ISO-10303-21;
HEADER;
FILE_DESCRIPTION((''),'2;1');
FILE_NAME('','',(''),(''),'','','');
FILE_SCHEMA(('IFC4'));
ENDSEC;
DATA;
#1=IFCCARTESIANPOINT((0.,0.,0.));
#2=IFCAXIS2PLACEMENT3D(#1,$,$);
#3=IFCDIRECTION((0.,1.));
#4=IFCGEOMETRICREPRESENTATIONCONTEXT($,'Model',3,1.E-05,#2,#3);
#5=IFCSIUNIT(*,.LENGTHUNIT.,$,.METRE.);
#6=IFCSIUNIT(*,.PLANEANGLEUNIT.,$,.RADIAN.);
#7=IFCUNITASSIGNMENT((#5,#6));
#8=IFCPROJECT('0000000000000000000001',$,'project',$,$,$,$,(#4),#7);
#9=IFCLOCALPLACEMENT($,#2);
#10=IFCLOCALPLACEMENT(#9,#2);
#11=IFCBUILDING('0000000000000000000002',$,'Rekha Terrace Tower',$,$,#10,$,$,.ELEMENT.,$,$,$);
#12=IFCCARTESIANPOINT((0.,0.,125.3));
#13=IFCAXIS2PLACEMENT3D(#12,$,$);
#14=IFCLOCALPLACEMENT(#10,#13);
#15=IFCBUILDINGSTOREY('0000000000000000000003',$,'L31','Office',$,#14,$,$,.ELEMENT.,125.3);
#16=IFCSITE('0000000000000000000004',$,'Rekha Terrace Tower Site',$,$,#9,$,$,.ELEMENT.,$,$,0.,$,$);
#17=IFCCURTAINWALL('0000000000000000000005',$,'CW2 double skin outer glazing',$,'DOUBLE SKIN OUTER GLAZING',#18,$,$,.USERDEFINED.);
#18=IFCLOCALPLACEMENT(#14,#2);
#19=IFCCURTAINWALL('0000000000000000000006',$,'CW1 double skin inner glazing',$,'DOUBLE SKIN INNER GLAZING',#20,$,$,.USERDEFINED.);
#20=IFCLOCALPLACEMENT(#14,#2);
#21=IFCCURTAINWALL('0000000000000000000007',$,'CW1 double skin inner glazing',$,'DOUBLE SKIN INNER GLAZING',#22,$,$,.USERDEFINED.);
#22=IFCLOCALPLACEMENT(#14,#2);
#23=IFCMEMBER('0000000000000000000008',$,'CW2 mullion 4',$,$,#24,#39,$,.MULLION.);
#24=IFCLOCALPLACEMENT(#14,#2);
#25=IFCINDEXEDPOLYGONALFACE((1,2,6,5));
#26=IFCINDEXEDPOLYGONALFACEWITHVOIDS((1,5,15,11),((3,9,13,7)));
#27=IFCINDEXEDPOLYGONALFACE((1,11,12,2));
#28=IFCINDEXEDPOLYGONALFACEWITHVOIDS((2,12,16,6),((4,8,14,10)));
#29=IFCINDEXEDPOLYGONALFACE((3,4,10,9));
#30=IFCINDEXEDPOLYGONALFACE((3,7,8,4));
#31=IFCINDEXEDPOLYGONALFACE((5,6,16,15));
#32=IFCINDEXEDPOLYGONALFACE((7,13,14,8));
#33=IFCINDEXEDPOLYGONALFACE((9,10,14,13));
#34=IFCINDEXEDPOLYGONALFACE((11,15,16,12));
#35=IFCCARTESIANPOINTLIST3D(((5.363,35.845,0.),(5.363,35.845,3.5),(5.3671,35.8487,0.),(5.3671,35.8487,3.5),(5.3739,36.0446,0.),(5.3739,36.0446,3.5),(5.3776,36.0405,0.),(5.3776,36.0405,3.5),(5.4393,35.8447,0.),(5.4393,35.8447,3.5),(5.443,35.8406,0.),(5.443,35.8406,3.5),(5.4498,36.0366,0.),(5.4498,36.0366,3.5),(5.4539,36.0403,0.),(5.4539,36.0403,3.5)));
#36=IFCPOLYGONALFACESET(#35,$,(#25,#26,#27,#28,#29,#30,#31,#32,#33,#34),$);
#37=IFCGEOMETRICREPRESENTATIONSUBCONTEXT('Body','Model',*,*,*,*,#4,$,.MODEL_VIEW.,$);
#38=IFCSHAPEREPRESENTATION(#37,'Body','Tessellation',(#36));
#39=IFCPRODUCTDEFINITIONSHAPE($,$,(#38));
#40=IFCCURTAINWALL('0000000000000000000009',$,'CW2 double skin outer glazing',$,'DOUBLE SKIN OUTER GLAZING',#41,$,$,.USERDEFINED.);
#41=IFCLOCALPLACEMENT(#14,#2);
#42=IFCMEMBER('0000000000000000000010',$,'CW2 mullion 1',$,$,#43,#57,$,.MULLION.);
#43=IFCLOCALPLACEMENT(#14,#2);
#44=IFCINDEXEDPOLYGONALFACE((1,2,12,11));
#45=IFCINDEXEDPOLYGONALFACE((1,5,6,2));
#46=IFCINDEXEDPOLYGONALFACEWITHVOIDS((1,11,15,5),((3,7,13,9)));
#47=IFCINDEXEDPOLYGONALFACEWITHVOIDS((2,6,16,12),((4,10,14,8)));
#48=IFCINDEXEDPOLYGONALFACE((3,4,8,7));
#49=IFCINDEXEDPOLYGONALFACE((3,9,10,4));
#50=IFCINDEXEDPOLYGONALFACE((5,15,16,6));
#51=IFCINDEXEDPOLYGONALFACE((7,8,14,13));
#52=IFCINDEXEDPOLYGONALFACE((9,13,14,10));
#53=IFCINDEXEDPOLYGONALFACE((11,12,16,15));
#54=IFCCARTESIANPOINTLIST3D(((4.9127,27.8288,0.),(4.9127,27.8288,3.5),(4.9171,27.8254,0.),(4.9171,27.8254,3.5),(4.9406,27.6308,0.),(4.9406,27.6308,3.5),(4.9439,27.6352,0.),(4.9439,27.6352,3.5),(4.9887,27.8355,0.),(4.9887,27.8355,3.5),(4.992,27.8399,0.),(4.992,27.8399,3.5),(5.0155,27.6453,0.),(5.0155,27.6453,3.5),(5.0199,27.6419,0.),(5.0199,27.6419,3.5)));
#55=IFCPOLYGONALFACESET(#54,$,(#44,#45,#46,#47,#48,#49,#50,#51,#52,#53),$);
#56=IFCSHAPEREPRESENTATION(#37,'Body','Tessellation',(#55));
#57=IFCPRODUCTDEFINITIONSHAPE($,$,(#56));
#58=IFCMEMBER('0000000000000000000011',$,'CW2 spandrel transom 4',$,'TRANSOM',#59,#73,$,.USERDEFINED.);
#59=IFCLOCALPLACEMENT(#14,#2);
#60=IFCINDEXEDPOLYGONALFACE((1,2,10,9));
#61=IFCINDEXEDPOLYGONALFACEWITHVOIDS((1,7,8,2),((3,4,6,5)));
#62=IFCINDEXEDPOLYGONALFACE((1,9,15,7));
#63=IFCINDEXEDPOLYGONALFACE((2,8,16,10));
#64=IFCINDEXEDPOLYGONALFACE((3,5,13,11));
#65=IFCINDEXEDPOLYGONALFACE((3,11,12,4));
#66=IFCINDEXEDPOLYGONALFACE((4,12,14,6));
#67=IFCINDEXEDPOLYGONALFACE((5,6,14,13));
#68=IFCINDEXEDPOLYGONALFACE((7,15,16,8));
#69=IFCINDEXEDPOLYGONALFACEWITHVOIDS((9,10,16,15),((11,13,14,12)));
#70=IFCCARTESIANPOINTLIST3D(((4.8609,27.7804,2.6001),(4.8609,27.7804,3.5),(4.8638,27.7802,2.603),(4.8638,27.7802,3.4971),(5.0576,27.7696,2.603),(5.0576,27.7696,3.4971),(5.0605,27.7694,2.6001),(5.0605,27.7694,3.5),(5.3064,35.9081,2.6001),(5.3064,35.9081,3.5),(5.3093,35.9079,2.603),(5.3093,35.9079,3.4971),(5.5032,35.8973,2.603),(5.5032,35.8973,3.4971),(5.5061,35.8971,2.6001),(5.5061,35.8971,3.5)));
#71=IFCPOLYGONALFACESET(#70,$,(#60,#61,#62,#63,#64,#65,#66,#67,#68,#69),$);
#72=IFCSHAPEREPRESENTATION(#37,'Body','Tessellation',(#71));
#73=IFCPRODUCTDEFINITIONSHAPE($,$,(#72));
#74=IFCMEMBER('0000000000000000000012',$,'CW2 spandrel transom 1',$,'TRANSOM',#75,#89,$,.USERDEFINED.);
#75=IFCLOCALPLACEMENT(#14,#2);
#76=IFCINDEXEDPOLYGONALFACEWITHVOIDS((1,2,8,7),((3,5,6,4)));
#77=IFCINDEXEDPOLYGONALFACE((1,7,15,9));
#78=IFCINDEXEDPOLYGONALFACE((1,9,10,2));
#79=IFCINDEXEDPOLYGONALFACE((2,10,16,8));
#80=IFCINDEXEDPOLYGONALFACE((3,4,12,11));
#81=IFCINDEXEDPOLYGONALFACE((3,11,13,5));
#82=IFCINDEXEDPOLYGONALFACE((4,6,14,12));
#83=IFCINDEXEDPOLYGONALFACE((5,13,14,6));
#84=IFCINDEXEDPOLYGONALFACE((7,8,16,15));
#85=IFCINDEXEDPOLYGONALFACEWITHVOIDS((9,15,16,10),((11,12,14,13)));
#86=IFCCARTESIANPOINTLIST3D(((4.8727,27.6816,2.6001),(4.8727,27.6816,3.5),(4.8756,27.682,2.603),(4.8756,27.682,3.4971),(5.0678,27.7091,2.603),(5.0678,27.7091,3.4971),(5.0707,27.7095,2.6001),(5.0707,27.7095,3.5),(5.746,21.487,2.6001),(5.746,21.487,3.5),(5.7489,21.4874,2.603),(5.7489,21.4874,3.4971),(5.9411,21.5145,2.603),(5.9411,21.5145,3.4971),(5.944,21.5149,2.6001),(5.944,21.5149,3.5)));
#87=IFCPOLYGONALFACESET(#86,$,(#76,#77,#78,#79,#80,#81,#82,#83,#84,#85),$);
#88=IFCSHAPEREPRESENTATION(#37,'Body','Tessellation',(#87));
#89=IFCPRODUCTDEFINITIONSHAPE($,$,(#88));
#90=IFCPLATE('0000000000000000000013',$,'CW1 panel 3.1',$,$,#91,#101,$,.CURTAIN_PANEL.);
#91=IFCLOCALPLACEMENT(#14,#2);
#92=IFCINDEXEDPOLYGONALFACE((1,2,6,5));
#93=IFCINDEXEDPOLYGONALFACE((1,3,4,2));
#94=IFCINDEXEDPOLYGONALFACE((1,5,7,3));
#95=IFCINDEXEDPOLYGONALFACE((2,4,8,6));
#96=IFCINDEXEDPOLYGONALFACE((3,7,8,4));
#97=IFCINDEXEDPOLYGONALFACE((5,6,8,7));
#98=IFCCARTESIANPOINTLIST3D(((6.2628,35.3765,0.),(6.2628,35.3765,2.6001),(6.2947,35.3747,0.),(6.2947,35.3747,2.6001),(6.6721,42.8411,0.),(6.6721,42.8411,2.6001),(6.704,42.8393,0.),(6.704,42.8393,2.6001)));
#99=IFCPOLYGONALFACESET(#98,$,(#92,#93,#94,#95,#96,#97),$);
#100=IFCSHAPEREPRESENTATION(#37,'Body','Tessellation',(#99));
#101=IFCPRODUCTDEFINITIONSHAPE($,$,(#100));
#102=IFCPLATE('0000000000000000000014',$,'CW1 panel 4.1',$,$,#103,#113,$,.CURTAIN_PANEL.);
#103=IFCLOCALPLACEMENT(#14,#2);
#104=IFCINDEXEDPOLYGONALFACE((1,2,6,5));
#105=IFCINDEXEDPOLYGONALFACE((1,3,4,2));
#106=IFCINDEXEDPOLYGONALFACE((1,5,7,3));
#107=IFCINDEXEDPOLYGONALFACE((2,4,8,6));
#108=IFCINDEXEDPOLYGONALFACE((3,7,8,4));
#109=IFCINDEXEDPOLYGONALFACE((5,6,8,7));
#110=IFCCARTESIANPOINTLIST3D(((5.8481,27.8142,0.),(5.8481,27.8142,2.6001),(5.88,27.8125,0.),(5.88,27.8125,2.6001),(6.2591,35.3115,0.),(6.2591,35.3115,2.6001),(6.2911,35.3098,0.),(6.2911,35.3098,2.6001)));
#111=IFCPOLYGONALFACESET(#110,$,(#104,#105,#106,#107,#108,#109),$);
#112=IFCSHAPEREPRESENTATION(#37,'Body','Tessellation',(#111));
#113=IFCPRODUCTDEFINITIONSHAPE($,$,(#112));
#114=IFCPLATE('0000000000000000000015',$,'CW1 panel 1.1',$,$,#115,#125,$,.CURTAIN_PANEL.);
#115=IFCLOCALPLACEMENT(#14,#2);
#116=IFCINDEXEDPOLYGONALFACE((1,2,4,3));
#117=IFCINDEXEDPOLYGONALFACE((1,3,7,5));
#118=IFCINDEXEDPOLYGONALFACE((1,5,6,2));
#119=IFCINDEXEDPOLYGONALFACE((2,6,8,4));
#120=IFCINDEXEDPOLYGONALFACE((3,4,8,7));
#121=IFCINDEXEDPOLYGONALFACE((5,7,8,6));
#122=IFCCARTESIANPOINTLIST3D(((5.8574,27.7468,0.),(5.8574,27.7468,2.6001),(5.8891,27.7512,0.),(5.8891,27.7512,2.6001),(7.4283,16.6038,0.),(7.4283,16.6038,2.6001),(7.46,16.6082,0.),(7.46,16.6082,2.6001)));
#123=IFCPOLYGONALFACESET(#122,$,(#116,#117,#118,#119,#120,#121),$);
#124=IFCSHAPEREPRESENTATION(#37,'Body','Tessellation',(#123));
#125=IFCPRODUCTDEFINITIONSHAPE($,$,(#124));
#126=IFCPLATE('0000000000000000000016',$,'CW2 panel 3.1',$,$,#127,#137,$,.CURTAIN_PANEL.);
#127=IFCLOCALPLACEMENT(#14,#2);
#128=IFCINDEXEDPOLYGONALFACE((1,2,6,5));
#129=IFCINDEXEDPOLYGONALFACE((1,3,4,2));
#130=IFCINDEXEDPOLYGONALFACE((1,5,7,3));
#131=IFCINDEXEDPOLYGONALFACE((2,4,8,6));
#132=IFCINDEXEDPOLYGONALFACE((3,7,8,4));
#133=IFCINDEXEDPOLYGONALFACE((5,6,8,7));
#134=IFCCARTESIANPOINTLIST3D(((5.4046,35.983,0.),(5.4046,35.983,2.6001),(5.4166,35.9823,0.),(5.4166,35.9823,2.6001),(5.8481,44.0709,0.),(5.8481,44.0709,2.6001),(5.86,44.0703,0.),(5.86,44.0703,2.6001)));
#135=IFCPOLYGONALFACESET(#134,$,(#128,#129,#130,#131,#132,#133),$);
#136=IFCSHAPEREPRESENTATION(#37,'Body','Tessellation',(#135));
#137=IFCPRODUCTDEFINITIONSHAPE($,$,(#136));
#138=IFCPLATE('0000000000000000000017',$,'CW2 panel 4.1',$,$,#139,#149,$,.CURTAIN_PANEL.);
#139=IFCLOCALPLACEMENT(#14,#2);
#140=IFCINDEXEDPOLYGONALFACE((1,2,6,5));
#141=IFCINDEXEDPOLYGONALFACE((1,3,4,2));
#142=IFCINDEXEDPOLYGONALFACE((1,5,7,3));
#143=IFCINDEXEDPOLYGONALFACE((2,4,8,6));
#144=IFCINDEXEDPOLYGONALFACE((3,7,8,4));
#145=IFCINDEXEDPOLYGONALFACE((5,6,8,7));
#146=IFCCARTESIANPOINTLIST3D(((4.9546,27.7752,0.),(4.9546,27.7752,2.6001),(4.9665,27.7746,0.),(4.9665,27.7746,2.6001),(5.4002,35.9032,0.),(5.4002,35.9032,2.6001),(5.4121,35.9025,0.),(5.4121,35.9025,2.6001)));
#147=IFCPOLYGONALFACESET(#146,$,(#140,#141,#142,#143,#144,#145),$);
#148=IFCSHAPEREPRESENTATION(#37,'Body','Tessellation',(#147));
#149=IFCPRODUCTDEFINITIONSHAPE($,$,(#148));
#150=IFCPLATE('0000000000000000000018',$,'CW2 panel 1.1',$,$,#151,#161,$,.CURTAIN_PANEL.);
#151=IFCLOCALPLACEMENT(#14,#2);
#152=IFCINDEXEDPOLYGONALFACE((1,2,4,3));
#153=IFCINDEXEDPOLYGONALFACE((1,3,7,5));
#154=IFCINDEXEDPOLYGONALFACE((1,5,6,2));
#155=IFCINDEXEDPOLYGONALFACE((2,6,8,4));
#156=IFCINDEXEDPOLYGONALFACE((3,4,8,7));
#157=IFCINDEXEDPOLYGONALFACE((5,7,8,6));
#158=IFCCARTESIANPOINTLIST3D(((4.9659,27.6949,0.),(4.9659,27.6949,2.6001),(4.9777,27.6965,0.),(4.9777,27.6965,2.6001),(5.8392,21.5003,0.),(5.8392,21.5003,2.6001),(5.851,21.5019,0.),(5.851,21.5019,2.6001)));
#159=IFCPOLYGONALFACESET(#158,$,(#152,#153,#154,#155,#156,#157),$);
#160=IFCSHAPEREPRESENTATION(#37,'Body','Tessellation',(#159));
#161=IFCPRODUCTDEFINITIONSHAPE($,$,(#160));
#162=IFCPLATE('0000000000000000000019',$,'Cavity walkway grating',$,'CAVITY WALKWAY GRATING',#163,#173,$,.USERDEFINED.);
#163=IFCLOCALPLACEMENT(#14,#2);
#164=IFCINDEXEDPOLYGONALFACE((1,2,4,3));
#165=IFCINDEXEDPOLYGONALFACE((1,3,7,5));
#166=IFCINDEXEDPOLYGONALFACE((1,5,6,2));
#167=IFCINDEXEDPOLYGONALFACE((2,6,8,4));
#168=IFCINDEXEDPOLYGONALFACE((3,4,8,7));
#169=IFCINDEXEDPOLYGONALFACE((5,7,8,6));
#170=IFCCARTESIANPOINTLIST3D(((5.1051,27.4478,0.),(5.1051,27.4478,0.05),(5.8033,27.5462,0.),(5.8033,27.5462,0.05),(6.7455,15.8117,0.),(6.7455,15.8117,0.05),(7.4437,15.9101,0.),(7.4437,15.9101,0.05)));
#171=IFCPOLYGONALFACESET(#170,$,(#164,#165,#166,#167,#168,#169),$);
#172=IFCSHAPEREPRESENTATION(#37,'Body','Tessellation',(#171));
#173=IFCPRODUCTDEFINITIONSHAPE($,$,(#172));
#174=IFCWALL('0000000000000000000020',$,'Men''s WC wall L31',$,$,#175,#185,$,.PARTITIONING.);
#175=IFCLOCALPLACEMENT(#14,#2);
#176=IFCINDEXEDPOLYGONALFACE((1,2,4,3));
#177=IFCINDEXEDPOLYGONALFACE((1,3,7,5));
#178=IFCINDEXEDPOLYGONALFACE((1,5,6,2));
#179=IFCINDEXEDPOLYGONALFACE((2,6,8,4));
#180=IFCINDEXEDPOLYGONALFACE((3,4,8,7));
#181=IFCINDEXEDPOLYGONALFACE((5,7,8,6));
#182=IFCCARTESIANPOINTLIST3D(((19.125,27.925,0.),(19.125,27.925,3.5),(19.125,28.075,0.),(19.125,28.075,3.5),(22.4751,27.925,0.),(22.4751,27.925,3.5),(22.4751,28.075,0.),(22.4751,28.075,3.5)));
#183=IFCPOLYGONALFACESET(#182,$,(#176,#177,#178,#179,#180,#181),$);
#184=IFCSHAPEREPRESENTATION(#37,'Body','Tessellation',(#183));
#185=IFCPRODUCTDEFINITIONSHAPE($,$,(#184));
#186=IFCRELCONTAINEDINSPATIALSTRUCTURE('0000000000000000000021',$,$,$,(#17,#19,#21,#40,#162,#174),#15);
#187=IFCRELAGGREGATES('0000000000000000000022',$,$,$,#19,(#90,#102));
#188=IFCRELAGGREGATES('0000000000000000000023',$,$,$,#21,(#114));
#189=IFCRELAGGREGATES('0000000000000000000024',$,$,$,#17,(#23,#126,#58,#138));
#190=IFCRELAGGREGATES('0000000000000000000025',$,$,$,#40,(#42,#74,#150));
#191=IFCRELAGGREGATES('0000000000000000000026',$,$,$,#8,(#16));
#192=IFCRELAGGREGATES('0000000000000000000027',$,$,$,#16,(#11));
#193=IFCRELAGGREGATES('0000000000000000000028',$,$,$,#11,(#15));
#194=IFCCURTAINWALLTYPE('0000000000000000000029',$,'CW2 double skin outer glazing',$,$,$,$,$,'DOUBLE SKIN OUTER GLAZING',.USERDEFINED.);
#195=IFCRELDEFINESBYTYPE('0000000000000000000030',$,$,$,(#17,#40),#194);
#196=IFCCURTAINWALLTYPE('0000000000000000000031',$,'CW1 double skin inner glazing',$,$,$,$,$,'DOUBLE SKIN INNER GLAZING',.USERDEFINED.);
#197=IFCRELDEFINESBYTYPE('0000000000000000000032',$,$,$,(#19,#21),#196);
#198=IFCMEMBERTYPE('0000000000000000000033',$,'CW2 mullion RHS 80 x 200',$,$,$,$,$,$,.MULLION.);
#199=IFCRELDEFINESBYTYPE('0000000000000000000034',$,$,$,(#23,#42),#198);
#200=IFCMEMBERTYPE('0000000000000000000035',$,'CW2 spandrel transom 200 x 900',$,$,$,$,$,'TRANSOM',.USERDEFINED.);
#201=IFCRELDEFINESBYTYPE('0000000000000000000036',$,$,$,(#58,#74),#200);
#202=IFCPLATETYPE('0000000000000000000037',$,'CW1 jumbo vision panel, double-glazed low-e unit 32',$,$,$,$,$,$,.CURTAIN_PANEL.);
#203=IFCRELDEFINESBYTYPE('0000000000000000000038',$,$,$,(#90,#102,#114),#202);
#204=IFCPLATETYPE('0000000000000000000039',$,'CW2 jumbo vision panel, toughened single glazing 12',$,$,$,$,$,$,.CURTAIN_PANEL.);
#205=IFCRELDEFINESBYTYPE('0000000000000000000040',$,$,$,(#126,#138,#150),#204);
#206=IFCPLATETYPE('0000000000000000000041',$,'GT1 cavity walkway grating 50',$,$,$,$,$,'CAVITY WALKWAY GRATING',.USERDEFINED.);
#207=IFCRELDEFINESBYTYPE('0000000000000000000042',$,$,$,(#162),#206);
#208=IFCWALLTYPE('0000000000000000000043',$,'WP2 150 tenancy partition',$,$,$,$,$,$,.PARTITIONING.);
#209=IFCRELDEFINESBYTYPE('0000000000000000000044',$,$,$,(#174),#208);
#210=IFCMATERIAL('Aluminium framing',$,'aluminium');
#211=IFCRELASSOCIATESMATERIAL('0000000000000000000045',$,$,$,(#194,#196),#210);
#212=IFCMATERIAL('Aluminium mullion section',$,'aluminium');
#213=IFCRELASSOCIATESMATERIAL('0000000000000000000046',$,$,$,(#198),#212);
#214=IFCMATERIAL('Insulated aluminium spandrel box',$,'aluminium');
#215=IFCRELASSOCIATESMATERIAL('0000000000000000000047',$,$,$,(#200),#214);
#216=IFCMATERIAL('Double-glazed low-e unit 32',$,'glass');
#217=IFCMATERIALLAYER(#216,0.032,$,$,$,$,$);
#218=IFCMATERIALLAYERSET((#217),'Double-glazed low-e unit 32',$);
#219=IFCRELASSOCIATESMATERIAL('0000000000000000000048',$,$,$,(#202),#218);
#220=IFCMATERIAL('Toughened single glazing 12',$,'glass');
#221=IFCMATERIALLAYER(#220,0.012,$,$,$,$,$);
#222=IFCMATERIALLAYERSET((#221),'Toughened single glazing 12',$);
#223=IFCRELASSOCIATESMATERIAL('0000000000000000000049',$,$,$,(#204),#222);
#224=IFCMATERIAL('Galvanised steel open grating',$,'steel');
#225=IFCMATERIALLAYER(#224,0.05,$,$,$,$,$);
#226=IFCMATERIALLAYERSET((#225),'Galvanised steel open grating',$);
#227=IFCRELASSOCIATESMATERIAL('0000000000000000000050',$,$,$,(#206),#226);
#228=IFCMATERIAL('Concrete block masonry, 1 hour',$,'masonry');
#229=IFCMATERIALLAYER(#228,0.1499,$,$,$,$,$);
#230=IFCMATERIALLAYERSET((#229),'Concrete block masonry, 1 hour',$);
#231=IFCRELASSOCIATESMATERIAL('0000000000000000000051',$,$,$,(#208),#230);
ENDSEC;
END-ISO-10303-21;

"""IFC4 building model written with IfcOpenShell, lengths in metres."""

from ifc_helpers import new_model, si_unit, direction, frame, frame_2d, origin, origin_2d, place, context, subcontext, project, spatial, rectangle, hollow_rectangle, extrude, material, layer, layer_set, material_profile, profile_set, type_object, element, aggregate, save


model = new_model("IFC4")

# Units and contexts
model_context = context("Model", 3, precision=1e-05, world=origin(), true_north=direction((0.0, 1.0)))
body_context = subcontext(model_context, "Body", "Model", "MODEL_VIEW")
ifc_project = project(units=[si_unit("LENGTHUNIT", "METRE"), si_unit("PLANEANGLEUNIT", "RADIAN")], contexts=[model_context])

# Site, building, storey
site_placement = place(None, origin())
site = spatial("IfcSite", under=ifc_project, at=site_placement, Name="Rekha Terrace Tower Site", CompositionType="ELEMENT", RefElevation=0.0)
building_placement = place(site_placement, origin())
building = spatial("IfcBuilding", under=site, at=building_placement, Name="Rekha Terrace Tower", CompositionType="ELEMENT")
storey_placement = place(building_placement, frame((0.0, 0.0, 125.3)))
storey = spatial("IfcBuildingStorey", under=building, at=storey_placement, Name="L31", Description="Office", CompositionType="ELEMENT", Elevation=125.3)

# Curtain walls
ifc_material_1 = material(Name="Aluminium framing", Category="aluminium")
curtain_wall_type_1 = type_object("IfcCurtainWallType", Name="CW2 double skin outer glazing", ElementType="DOUBLE SKIN OUTER GLAZING", PredefinedType="USERDEFINED", material=ifc_material_1)
curtain_wall_1_placement = place(storey_placement, origin())
curtain_wall_1 = element("IfcCurtainWall", 1, at=curtain_wall_1_placement, inside=storey, type_object=curtain_wall_type_1, Name="CW2 double skin outer glazing", ObjectType="DOUBLE SKIN OUTER GLAZING", PredefinedType="USERDEFINED")
curtain_wall_type_2 = type_object("IfcCurtainWallType", Name="CW1 double skin inner glazing", ElementType="DOUBLE SKIN INNER GLAZING", PredefinedType="USERDEFINED", material=ifc_material_1)
curtain_wall_2_placement = place(storey_placement, origin())
curtain_wall_2 = element("IfcCurtainWall", 2, at=curtain_wall_2_placement, inside=storey, type_object=curtain_wall_type_2, Name="CW1 double skin inner glazing", ObjectType="DOUBLE SKIN INNER GLAZING", PredefinedType="USERDEFINED")
ifc_material_2 = material(Name="Aluminium mullion section", Category="aluminium")
curtain_wall_3_placement = place(storey_placement, origin())
curtain_wall_3 = element("IfcCurtainWall", 3, at=curtain_wall_3_placement, inside=storey, type_object=curtain_wall_type_2, Name="CW1 double skin inner glazing", ObjectType="DOUBLE SKIN INNER GLAZING", PredefinedType="USERDEFINED")

# Member
ifc_material_3 = material(Name="Insulated aluminium spandrel box", Category="aluminium")
ifc_material_profile_1 = material_profile(ifc_material_2, hollow_rectangle(XDim=0.0801, YDim=0.2, WallThickness=0.0039, at=origin_2d()), Name="AL RHS 80x200")
ifc_profile_set_1 = profile_set([ifc_material_profile_1], Name="Aluminium mullion section")
member_type_1 = type_object("IfcMemberType", Name="CW2 mullion RHS 80 x 200", PredefinedType="MULLION", material=ifc_profile_set_1)
member_1_placement = place(storey_placement, frame((5.4084, 35.9426, 0.0), z_axis=(0.0, 0.0, 1.0), x_axis=(0.998501, -0.054742, 0.0)))
member_1 = element("IfcMember", 4, at=member_1_placement, type_object=member_type_1, Name="CW2 mullion 4", PredefinedType="MULLION", context=body_context, shape_type="SweptSolid", body=[
    extrude(hollow_rectangle(XDim=0.0801, YDim=0.2, WallThickness=0.0039, at=origin_2d()), origin(), (0.0, 0.0, 1.0), 3.5),
])

# Curtain wall, member
curtain_wall_4_placement = place(storey_placement, origin())
curtain_wall_4 = element("IfcCurtainWall", 5, at=curtain_wall_4_placement, inside=storey, type_object=curtain_wall_type_1, Name="CW2 double skin outer glazing", ObjectType="DOUBLE SKIN OUTER GLAZING", PredefinedType="USERDEFINED")
member_2_placement = place(storey_placement, frame((4.9663, 27.7354, 0.0), z_axis=(0.0, 0.0, 1.0), x_axis=(0.990208, 0.139597, 0.0)))
member_2 = element("IfcMember", 6, at=member_2_placement, type_object=member_type_1, Name="CW2 mullion 1", PredefinedType="MULLION", context=body_context, shape_type="SweptSolid", body=[
    extrude(hollow_rectangle(XDim=0.0801, YDim=0.2, WallThickness=0.0039, at=origin_2d()), origin(), (0.0, 0.0, 1.0), 3.5),
])

# Members
ifc_material_profile_2 = material_profile(ifc_material_3, hollow_rectangle(XDim=0.2, YDim=0.8999, WallThickness=0.0029, at=origin_2d()), Name="AL SPANDREL BOX 200x900")
ifc_profile_set_2 = profile_set([ifc_material_profile_2], Name="Insulated aluminium spandrel box")
member_type_2 = type_object("IfcMemberType", Name="CW2 spandrel transom 200 x 900", ElementType="TRANSOM", PredefinedType="USERDEFINED", material=ifc_profile_set_2)
member_3_placement = place(storey_placement, frame((5.4062, 35.9026, 3.05), z_axis=(-0.054737, -0.998501, 0.0), x_axis=(0.998501, -0.054737, 0.0)))
member_3 = element("IfcMember", 7, at=member_3_placement, type_object=member_type_2, Name="CW2 spandrel transom 4", ObjectType="TRANSOM", PredefinedType="USERDEFINED", context=body_context, shape_type="SweptSolid", body=[
    extrude(hollow_rectangle(XDim=0.2, YDim=0.8999, WallThickness=0.0029, at=origin_2d()), origin(), (0.0, 0.0, 1.0), 8.1399),
])
member_4_placement = place(storey_placement, frame((4.9717, 27.6956, 3.05), z_axis=(0.139596, -0.990209, 0.0), x_axis=(0.990209, 0.139596, 0.0)))
member_4 = element("IfcMember", 8, at=member_4_placement, type_object=member_type_2, Name="CW2 spandrel transom 1", ObjectType="TRANSOM", PredefinedType="USERDEFINED", context=body_context, shape_type="SweptSolid", body=[
    extrude(hollow_rectangle(XDim=0.2, YDim=0.8999, WallThickness=0.0029, at=origin_2d()), origin(), (0.0, 0.0, 1.0), 6.2559),
])

# Plates
ifc_material_4 = material(Name="Double-glazed low-e unit 32", Category="glass")
ifc_layer_1 = layer(ifc_material_4, 0.032)
ifc_layer_set_1 = layer_set([ifc_layer_1], Name="Double-glazed low-e unit 32")
plate_type_1 = type_object("IfcPlateType", Name="CW1 jumbo vision panel, double-glazed low-e unit 32", PredefinedType="CURTAIN_PANEL", material=ifc_layer_set_1)
plate_1_placement = place(storey_placement, frame((6.4834, 39.1079, 0.0), z_axis=(0.0, 0.0, 1.0), x_axis=(-0.054742, -0.998501, 0.0)))
plate_1 = element("IfcPlate", 9, at=plate_1_placement, type_object=plate_type_1, Name="CW1 panel 3.1", PredefinedType="CURTAIN_PANEL", context=body_context, shape_type="SweptSolid", body=[
    extrude(rectangle(XDim=7.4758, YDim=0.032, at=origin_2d()), origin(), (0.0, 0.0, 1.0), 2.6001),
])
plate_2_placement = place(storey_placement, frame((6.0696, 31.562, 0.0), z_axis=(0.0, 0.0, 1.0), x_axis=(-0.054742, -0.998501, 0.0)))
plate_2 = element("IfcPlate", 10, at=plate_2_placement, type_object=plate_type_1, Name="CW1 panel 4.1", PredefinedType="CURTAIN_PANEL", context=body_context, shape_type="SweptSolid", body=[
    extrude(rectangle(XDim=7.5085, YDim=0.032, at=origin_2d()), origin(), (0.0, 0.0, 1.0), 2.6001),
])
aggregate(curtain_wall_2, [plate_1, plate_2])
plate_3_placement = place(storey_placement, frame((6.6587, 22.1775, 0.0), z_axis=(0.0, 0.0, 1.0), x_axis=(0.139597, -0.990208, 0.0)))
plate_3 = element("IfcPlate", 11, at=plate_3_placement, type_object=plate_type_1, Name="CW1 panel 1.1", PredefinedType="CURTAIN_PANEL", context=body_context, shape_type="SweptSolid", body=[
    extrude(rectangle(XDim=11.2532, YDim=0.032, at=origin_2d()), origin(), (0.0, 0.0, 1.0), 2.6001),
])
aggregate(curtain_wall_3, [plate_3])
ifc_material_5 = material(Name="Toughened single glazing 12", Category="glass")
ifc_layer_2 = layer(ifc_material_5, 0.012)
ifc_layer_set_2 = layer_set([ifc_layer_2], Name="Toughened single glazing 12")
plate_type_2 = type_object("IfcPlateType", Name="CW2 jumbo vision panel, toughened single glazing 12", PredefinedType="CURTAIN_PANEL", material=ifc_layer_set_2)
plate_4_placement = place(storey_placement, frame((5.6323, 40.0266, 0.0), z_axis=(0.0, 0.0, 1.0), x_axis=(-0.054742, -0.998501, 0.0)))
plate_4 = element("IfcPlate", 12, at=plate_4_placement, type_object=plate_type_2, Name="CW2 panel 3.1", PredefinedType="CURTAIN_PANEL", context=body_context, shape_type="SweptSolid", body=[
    extrude(rectangle(XDim=8.1001, YDim=0.012, at=origin_2d()), origin(), (0.0, 0.0, 1.0), 2.6001),
])
plate_5_placement = place(storey_placement, frame((5.1833, 31.8389, 0.0), z_axis=(0.0, 0.0, 1.0), x_axis=(-0.054742, -0.998501, 0.0)))
plate_5 = element("IfcPlate", 13, at=plate_5_placement, type_object=plate_type_2, Name="CW2 panel 4.1", PredefinedType="CURTAIN_PANEL", context=body_context, shape_type="SweptSolid", body=[
    extrude(rectangle(XDim=8.1401, YDim=0.012, at=origin_2d()), origin(), (0.0, 0.0, 1.0), 2.6001),
])
aggregate(curtain_wall_1, [member_1, plate_4, member_3, plate_5])
plate_6_placement = place(storey_placement, frame((5.4084, 24.5984, 0.0), z_axis=(0.0, 0.0, 1.0), x_axis=(0.139597, -0.990208, 0.0)))
plate_6 = element("IfcPlate", 14, at=plate_6_placement, type_object=plate_type_2, Name="CW2 panel 1.1", PredefinedType="CURTAIN_PANEL", context=body_context, shape_type="SweptSolid", body=[
    extrude(rectangle(XDim=6.2559, YDim=0.012, at=origin_2d()), origin(), (0.0, 0.0, 1.0), 2.6001),
])
aggregate(curtain_wall_4, [member_2, member_4, plate_6])
ifc_material_6 = material(Name="Galvanised steel open grating", Category="steel")
ifc_layer_3 = layer(ifc_material_6, 0.05)
ifc_layer_set_3 = layer_set([ifc_layer_3], Name="Galvanised steel open grating")
plate_type_3 = type_object("IfcPlateType", Name="GT1 cavity walkway grating 50", ElementType="CAVITY WALKWAY GRATING", PredefinedType="USERDEFINED", material=ifc_layer_set_3)
plate_7_placement = place(storey_placement, frame((6.2744, 21.679, 0.0), z_axis=(0.0, 0.0, 1.0), x_axis=(0.139597, -0.990208, 0.0)))
element("IfcPlate", 15, at=plate_7_placement, inside=storey, type_object=plate_type_3, Name="Cavity walkway grating", ObjectType="CAVITY WALKWAY GRATING", PredefinedType="USERDEFINED", context=body_context, shape_type="SweptSolid", body=[
    extrude(rectangle(XDim=11.7512, YDim=0.7051, at=origin_2d()), origin(), (0.0, 0.0, 1.0), 0.05),
])

# Wall
ifc_material_7 = material(Name="Concrete block masonry, 1 hour", Category="masonry")
ifc_layer_4 = layer(ifc_material_7, 0.1499)
ifc_layer_set_4 = layer_set([ifc_layer_4], Name="Concrete block masonry, 1 hour")
wall_type = type_object("IfcWallType", Name="WP2 150 tenancy partition", PredefinedType="PARTITIONING", material=ifc_layer_set_4)
wall_1_placement = place(storey_placement, frame((19.125, 28.0, 0.0), z_axis=(0.0, 0.0, 1.0), x_axis=(1.0, 0.0, 0.0)))
element("IfcWall", 16, at=wall_1_placement, inside=storey, type_object=wall_type, Name="Men's WC wall L31", PredefinedType="PARTITIONING", context=body_context, shape_type="SweptSolid", body=[
    extrude(rectangle(XDim=3.3501, YDim=0.1499, at=frame_2d((1.675, 0.0))), origin(), (0.0, 0.0, 1.0), 3.5),
])

save(model, "model.ifc")
